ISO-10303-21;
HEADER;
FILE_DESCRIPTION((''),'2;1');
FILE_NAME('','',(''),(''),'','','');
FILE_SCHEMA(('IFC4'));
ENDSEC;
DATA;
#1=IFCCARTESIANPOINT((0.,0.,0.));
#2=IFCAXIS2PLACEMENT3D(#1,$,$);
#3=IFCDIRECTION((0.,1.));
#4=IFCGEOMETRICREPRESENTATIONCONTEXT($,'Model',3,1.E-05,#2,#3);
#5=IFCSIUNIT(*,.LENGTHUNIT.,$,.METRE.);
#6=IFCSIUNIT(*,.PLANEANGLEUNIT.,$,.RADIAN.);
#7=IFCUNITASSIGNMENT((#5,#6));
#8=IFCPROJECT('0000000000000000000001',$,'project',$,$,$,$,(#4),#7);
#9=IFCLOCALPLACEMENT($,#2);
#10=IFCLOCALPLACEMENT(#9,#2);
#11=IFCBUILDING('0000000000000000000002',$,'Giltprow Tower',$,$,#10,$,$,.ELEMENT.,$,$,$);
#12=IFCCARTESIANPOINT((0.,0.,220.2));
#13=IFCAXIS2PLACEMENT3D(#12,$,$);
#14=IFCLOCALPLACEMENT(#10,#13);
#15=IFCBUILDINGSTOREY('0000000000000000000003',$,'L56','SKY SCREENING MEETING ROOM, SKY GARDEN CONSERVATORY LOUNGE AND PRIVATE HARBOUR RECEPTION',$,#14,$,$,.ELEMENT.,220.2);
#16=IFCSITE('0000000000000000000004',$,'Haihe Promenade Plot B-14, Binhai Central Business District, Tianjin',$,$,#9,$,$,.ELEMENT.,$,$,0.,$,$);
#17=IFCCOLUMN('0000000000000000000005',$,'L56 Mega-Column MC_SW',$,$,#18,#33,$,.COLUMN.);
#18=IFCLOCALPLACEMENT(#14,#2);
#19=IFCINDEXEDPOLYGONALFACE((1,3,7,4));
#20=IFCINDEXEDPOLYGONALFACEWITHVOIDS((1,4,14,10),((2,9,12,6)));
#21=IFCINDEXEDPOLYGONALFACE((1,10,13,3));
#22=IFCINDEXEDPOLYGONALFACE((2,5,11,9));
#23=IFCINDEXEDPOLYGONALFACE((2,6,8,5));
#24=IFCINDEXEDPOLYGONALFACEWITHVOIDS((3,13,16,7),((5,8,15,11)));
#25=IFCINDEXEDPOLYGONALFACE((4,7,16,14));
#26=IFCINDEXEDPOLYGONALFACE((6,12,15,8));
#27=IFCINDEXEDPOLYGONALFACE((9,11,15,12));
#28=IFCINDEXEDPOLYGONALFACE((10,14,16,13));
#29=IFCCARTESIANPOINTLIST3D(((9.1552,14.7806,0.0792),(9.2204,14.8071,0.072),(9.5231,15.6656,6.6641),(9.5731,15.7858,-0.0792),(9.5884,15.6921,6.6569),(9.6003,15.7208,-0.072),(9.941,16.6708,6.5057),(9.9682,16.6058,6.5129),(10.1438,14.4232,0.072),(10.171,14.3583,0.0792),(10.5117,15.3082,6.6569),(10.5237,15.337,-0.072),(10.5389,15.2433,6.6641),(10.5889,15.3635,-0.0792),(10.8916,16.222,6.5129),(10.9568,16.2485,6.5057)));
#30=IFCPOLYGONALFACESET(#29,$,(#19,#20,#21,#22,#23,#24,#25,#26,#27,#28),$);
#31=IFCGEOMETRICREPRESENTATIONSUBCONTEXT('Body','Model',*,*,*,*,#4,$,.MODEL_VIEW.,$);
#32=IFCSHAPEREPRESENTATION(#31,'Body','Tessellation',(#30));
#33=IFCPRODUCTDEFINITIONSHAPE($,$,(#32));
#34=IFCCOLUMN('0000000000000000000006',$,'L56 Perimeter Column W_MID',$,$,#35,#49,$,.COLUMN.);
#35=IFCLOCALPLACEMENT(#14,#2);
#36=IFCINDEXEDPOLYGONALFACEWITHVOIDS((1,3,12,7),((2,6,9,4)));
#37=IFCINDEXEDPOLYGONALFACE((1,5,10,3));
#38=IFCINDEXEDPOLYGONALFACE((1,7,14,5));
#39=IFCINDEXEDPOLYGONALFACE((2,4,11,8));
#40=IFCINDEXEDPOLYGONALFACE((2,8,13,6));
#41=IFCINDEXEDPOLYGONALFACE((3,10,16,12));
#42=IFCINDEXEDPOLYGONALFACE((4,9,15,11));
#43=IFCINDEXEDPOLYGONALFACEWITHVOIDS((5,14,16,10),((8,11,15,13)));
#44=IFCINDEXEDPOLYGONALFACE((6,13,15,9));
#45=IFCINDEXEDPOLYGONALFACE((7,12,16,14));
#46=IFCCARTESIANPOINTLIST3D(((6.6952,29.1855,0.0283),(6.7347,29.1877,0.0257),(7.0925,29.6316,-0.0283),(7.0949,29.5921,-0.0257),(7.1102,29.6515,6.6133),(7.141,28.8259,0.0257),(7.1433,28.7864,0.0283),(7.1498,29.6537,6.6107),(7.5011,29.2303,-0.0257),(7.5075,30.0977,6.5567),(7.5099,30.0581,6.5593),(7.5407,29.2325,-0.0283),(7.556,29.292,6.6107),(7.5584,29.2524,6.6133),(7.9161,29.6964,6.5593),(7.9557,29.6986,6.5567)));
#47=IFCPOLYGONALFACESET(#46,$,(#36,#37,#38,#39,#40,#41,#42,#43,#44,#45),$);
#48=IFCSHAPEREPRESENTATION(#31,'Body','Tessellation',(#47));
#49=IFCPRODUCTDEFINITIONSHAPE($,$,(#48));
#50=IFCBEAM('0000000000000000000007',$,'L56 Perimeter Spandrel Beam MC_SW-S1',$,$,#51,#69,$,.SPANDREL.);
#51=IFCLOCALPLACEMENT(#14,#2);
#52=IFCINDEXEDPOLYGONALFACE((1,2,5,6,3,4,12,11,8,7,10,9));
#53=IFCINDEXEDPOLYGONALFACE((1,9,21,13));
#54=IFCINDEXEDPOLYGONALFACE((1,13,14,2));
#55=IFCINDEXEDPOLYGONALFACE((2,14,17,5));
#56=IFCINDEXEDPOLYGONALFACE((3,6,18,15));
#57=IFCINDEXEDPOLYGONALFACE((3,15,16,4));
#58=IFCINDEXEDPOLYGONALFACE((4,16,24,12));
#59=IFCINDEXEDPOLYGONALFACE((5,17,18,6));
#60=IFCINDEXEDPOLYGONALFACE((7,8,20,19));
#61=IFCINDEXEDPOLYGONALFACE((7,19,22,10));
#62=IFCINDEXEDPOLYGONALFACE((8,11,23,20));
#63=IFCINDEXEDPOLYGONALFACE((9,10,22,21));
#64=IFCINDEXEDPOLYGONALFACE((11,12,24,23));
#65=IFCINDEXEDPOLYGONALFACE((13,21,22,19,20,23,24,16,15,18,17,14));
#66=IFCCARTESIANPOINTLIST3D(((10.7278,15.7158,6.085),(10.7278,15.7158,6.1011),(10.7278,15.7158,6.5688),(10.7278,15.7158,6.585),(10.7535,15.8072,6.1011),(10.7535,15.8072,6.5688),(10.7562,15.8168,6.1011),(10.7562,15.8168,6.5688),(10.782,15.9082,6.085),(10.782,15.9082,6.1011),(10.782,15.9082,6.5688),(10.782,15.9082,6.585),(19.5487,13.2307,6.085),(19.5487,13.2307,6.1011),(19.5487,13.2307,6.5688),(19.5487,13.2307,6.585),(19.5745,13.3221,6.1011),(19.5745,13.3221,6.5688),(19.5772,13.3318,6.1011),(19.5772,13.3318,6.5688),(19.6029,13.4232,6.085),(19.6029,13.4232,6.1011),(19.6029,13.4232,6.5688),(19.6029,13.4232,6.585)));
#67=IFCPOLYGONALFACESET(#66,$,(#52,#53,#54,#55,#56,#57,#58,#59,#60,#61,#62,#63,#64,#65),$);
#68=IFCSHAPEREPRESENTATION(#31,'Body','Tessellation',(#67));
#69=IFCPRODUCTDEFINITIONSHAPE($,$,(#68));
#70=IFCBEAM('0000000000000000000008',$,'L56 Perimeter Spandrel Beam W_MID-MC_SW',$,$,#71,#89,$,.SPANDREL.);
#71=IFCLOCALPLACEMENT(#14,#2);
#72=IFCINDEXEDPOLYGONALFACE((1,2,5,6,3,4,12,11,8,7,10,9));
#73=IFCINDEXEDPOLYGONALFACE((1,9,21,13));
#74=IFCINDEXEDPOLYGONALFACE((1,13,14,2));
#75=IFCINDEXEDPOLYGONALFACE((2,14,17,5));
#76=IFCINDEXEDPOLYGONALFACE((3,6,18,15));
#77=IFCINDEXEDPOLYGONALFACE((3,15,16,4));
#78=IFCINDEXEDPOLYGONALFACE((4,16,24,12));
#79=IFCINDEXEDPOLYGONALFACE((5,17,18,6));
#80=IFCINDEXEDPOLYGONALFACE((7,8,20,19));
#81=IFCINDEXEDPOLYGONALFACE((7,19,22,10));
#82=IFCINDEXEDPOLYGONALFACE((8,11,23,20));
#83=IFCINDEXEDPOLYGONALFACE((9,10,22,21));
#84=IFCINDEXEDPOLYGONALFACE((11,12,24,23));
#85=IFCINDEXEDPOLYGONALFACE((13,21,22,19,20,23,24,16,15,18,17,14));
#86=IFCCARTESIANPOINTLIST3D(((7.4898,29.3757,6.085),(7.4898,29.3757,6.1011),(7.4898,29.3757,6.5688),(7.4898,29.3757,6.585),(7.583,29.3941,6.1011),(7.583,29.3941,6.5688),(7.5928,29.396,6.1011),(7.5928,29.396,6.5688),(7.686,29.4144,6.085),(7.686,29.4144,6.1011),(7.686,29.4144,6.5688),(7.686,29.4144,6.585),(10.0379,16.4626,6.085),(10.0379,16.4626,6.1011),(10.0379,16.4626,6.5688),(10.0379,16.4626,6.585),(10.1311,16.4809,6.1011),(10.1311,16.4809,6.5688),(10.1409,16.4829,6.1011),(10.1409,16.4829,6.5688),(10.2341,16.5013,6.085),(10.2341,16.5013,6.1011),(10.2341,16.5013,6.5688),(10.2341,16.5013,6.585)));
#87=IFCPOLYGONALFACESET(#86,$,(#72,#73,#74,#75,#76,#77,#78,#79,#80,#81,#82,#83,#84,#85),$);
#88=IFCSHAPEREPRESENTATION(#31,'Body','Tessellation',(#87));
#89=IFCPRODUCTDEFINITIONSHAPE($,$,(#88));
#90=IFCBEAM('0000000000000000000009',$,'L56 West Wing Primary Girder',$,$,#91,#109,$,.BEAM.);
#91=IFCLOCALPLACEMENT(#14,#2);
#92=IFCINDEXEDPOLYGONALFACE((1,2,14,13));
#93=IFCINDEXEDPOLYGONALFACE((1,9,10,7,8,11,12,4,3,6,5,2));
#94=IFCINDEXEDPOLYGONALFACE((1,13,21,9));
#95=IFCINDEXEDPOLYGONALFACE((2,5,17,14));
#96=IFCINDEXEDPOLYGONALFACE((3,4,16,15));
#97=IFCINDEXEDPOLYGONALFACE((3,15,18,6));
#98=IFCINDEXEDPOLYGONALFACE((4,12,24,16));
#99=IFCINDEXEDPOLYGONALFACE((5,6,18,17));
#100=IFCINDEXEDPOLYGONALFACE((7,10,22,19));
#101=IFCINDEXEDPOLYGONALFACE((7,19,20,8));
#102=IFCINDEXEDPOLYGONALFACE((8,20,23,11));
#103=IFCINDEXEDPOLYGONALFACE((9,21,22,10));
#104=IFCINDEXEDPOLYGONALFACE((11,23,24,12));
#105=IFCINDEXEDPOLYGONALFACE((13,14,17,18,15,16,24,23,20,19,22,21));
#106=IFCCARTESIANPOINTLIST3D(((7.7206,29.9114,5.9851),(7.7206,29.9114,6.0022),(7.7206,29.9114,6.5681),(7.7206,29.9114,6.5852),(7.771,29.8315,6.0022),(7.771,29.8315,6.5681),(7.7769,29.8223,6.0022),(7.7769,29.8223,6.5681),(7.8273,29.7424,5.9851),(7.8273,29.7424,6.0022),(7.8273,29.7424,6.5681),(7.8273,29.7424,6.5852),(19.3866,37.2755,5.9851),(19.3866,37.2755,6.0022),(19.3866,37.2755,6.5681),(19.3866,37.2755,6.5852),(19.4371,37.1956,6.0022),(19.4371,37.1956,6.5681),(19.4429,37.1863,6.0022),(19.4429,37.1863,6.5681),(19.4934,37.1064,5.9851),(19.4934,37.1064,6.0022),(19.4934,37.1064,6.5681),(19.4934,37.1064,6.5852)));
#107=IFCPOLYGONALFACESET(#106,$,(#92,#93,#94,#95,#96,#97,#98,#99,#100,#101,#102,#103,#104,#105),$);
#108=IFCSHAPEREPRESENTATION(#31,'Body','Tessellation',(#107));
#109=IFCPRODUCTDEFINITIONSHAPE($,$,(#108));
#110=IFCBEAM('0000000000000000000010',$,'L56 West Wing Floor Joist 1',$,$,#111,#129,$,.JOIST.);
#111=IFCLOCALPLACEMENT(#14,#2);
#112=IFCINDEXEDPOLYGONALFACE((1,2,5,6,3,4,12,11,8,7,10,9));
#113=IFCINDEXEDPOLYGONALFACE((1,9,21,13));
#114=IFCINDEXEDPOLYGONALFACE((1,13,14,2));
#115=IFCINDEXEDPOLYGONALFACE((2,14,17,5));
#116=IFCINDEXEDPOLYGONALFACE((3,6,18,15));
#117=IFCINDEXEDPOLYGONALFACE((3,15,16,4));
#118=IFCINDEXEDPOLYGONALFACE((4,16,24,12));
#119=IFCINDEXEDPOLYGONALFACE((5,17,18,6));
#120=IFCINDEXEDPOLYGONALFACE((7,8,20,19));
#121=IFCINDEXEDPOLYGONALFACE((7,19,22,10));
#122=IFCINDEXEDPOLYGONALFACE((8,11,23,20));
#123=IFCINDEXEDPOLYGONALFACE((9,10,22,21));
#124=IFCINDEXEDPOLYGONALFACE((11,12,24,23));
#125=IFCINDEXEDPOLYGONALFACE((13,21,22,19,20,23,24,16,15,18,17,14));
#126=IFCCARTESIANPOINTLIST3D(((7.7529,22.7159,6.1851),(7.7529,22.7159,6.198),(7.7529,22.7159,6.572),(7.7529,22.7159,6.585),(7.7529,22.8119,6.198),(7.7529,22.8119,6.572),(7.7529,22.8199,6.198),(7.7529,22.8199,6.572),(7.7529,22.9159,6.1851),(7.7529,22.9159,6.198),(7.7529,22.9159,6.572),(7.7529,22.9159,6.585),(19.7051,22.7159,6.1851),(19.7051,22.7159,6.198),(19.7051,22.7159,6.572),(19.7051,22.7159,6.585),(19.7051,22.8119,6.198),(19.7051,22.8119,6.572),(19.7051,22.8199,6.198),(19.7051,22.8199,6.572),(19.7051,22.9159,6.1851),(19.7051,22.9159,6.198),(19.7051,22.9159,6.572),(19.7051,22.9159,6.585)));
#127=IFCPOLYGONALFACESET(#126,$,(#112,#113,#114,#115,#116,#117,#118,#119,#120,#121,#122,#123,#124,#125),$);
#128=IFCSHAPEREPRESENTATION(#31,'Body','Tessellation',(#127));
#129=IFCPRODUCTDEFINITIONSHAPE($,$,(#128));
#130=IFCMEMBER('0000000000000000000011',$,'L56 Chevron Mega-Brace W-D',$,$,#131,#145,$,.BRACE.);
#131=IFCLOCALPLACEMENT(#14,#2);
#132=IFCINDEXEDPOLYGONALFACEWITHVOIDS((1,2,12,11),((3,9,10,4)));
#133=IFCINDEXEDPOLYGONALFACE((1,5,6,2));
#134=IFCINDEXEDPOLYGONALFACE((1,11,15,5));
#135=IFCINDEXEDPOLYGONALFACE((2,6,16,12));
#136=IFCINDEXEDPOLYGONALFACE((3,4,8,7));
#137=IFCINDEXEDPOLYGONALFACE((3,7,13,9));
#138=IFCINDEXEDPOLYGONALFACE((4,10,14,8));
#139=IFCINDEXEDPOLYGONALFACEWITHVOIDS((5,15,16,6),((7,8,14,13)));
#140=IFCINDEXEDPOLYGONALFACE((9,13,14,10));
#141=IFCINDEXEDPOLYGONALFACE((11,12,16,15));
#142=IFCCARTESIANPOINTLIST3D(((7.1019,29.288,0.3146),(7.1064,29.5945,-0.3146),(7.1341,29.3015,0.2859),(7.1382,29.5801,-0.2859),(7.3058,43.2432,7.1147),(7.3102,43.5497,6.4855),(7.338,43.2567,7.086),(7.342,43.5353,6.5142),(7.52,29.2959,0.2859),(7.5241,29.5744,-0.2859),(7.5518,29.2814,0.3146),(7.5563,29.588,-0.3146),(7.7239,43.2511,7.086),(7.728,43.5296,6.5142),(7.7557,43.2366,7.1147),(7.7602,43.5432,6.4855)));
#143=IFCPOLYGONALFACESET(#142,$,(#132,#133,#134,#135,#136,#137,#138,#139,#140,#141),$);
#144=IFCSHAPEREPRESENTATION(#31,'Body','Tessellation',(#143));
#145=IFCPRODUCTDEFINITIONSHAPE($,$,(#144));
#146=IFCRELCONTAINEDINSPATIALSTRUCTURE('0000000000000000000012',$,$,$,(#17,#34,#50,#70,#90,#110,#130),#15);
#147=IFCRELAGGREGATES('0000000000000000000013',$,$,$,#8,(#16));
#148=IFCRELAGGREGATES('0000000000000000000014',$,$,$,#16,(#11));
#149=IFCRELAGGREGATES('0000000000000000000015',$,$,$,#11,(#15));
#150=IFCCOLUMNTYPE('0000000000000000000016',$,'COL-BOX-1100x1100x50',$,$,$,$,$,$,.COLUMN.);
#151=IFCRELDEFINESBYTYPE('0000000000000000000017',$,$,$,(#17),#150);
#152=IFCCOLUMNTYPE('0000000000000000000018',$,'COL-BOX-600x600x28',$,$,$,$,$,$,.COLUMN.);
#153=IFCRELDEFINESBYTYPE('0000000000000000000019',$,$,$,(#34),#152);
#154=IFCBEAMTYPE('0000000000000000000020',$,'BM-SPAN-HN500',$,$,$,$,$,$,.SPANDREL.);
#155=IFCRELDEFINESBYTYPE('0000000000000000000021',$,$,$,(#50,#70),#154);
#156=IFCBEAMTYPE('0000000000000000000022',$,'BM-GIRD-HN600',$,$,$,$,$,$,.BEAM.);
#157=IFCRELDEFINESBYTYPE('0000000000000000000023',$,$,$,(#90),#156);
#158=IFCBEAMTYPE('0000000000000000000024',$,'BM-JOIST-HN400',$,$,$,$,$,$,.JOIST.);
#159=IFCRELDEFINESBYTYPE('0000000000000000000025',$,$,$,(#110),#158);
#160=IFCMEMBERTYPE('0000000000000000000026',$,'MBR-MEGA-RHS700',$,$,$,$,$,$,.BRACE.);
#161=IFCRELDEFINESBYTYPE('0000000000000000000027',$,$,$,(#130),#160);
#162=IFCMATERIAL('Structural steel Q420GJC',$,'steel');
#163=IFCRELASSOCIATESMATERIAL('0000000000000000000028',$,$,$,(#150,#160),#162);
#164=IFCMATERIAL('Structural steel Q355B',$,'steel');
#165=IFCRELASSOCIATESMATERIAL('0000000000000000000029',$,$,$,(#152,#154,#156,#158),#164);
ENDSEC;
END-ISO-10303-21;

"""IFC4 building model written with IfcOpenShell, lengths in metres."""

from ifc_helpers import new_model, si_unit, direction, frame, origin, origin_2d, place, context, subcontext, project, spatial, hollow_rectangle, i_section, extrude, source, transform, mapped, material, material_profile, profile_set, type_object, element, save


model = new_model("IFC4")

# Units and contexts
model_context = context("Model", 3, precision=1e-05, world=origin(), true_north=direction((0.0, 1.0)))
body_context = subcontext(model_context, "Body", "Model", "MODEL_VIEW")
ifc_project = project(units=[si_unit("LENGTHUNIT", "METRE"), si_unit("PLANEANGLEUNIT", "RADIAN")], contexts=[model_context])

# Site, building, storey
site_placement = place(None, origin())
site = spatial("IfcSite", under=ifc_project, at=site_placement, Name="Haihe Promenade Plot B-14, Binhai Central Business District, Tianjin", CompositionType="ELEMENT", RefElevation=0.0)
building_placement = place(site_placement, origin())
building = spatial("IfcBuilding", under=site, at=building_placement, Name="Giltprow Tower", CompositionType="ELEMENT")
storey_placement = place(building_placement, frame((0.0, 0.0, 220.2)))
storey = spatial("IfcBuildingStorey", under=building, at=storey_placement, Name="L56", Description="SKY SCREENING MEETING ROOM, SKY GARDEN CONSERVATORY LOUNGE AND PRIVATE HARBOUR RECEPTION", CompositionType="ELEMENT", Elevation=220.2)

# Columns
ifc_material_1 = material(Name="Structural steel Q420GJC", Category="steel")
ifc_material_profile_1 = material_profile(ifc_material_1, hollow_rectangle(XDim=1.1001, YDim=1.1001, WallThickness=0.05, at=origin_2d()), Name="BOX 1100x1100x50")
ifc_profile_set_1 = profile_set([ifc_material_profile_1], Name="Structural steel Q420GJC")
column_type_1 = type_object("IfcColumnType", Name="COL-BOX-1100x1100x50", PredefinedType="COLUMN", material=ifc_profile_set_1)
shared_shape_1 = source(origin(), body_context, "Body", "SweptSolid", [
    extrude(hollow_rectangle(XDim=1.1001, YDim=1.1001, WallThickness=0.05, at=origin_2d()), origin(), (0.0, 0.0, 1.0), 6.6543),
])
column_1_placement = place(storey_placement, frame((9.8721, 15.072, 0.0), z_axis=(0.05529, 0.132997, 0.989573), x_axis=(-0.923386, 0.383874, 0.0)))
element("IfcColumn", 1, at=column_1_placement, inside=storey, type_object=column_type_1, Name="L56 Mega-Column MC_SW", PredefinedType="COLUMN", context=body_context, shape_type="MappedRepresentation", body=[
    mapped(shared_shape_1, transform((0.0, 0.0, 0.0), x_axis=(1.0, 0.0, 0.0), y_axis=(0.0, 1.0, 0.0), z_axis=(0.0, 0.0, 1.0), scale=1.0)),
])
ifc_material_2 = material(Name="Structural steel Q355B", Category="steel")
ifc_material_profile_2 = material_profile(ifc_material_2, hollow_rectangle(XDim=0.6001, YDim=0.6001, WallThickness=0.0281, at=origin_2d()), Name="BOX 600x600x28")
ifc_profile_set_2 = profile_set([ifc_material_profile_2], Name="Structural steel Q355B")
column_type_2 = type_object("IfcColumnType", Name="COL-BOX-600x600x28", PredefinedType="COLUMN", material=ifc_profile_set_2)
shared_shape_2 = source(origin(), body_context, "Body", "SweptSolid", [
    extrude(hollow_rectangle(XDim=0.6001, YDim=0.6001, WallThickness=0.0281, at=origin_2d()), origin(), (0.0, 0.0, 1.0), 6.6145),
])
column_2_placement = place(storey_placement, frame((7.1179, 29.209, 0.0), z_axis=(0.062747, 0.070461, 0.995539), x_axis=(-0.746805, 0.665043, 0.0)))
element("IfcColumn", 2, at=column_2_placement, inside=storey, type_object=column_type_2, Name="L56 Perimeter Column W_MID", PredefinedType="COLUMN", context=body_context, shape_type="MappedRepresentation", body=[
    mapped(shared_shape_2, transform((0.0, 0.0, 0.0), x_axis=(1.0, 0.0, 0.0), y_axis=(0.0, 1.0, 0.0), z_axis=(0.0, 0.0, 1.0), scale=1.0)),
])

# Beams
ifc_material_profile_3 = material_profile(ifc_material_2, i_section(OverallWidth=0.2, OverallDepth=0.5, WebThickness=0.01, FlangeThickness=0.0161, at=origin_2d()), Name="HN 500x200x10x16")
ifc_profile_set_3 = profile_set([ifc_material_profile_3], Name="Structural steel Q355B")
beam_type_1 = type_object("IfcBeamType", Name="BM-SPAN-HN500", PredefinedType="SPANDREL", material=ifc_profile_set_3)
shared_shape_3 = source(origin(), body_context, "Body", "SweptSolid", [
    extrude(i_section(OverallWidth=0.2, OverallDepth=0.5, WebThickness=0.01, FlangeThickness=0.0161, at=origin_2d()), origin(), (0.0, 0.0, 1.0), 9.1643),
])
beam_1_placement = place(storey_placement, frame((10.7549, 15.812, 6.335), z_axis=(0.962532, -0.271169, 0.0), x_axis=(0.271169, 0.962532, 0.0)))
element("IfcBeam", 3, at=beam_1_placement, inside=storey, type_object=beam_type_1, Name="L56 Perimeter Spandrel Beam MC_SW-S1", PredefinedType="SPANDREL", context=body_context, shape_type="MappedRepresentation", body=[
    mapped(shared_shape_3, transform((0.0, 0.0, 0.0), x_axis=(1.0, 0.0, 0.0), y_axis=(0.0, 1.0, 0.0), z_axis=(0.0, 0.0, 1.0), scale=1.0)),
])
shared_shape_4 = source(origin(), body_context, "Body", "SweptSolid", [
    extrude(i_section(OverallWidth=0.2, OverallDepth=0.5, WebThickness=0.01, FlangeThickness=0.0161, at=origin_2d()), origin(), (0.0, 0.0, 1.0), 13.1621),
])
beam_2_placement = place(storey_placement, frame((7.5879, 29.395, 6.335), z_axis=(0.193594, -0.981082, 0.0), x_axis=(0.981082, 0.193594, 0.0)))
element("IfcBeam", 4, at=beam_2_placement, inside=storey, type_object=beam_type_1, Name="L56 Perimeter Spandrel Beam W_MID-MC_SW", PredefinedType="SPANDREL", context=body_context, shape_type="MappedRepresentation", body=[
    mapped(shared_shape_4, transform((0.0, 0.0, 0.0), x_axis=(1.0, 0.0, 0.0), y_axis=(0.0, 1.0, 0.0), z_axis=(0.0, 0.0, 1.0), scale=1.0)),
])
ifc_material_profile_4 = material_profile(ifc_material_2, i_section(OverallWidth=0.2, OverallDepth=0.6001, WebThickness=0.011, FlangeThickness=0.0171, at=origin_2d()), Name="HN 600x200x11x17")
ifc_profile_set_4 = profile_set([ifc_material_profile_4], Name="Structural steel Q355B")
beam_type_2 = type_object("IfcBeamType", Name="BM-GIRD-HN600", PredefinedType="BEAM", material=ifc_profile_set_4)
shared_shape_5 = source(origin(), body_context, "Body", "SweptSolid", [
    extrude(i_section(OverallWidth=0.2, OverallDepth=0.6001, WebThickness=0.011, FlangeThickness=0.0171, at=origin_2d()), origin(), (0.0, 0.0, 1.0), 13.7959),
])
beam_3_placement = place(storey_placement, frame((7.7739, 29.8269, 6.2852), z_axis=(0.84562, 0.533786, 0.0), x_axis=(-0.533786, 0.84562, 0.0)))
element("IfcBeam", 5, at=beam_3_placement, inside=storey, type_object=beam_type_2, Name="L56 West Wing Primary Girder", PredefinedType="BEAM", context=body_context, shape_type="MappedRepresentation", body=[
    mapped(shared_shape_5, transform((0.0, 0.0, 0.0), x_axis=(1.0, 0.0, 0.0), y_axis=(0.0, 1.0, 0.0), z_axis=(0.0, 0.0, 1.0), scale=1.0)),
])
ifc_material_profile_5 = material_profile(ifc_material_2, i_section(OverallWidth=0.2, OverallDepth=0.3999, WebThickness=0.0081, FlangeThickness=0.0129, at=origin_2d()), Name="HN 400x200x8x13")
ifc_profile_set_5 = profile_set([ifc_material_profile_5], Name="Structural steel Q355B")
beam_type_3 = type_object("IfcBeamType", Name="BM-JOIST-HN400", PredefinedType="JOIST", material=ifc_profile_set_5)
shared_shape_6 = source(origin(), body_context, "Body", "SweptSolid", [
    extrude(i_section(OverallWidth=0.2, OverallDepth=0.3999, WebThickness=0.0081, FlangeThickness=0.0129, at=origin_2d()), origin(), (0.0, 0.0, 1.0), 11.9521),
])
beam_4_placement = place(storey_placement, frame((7.7529, 22.8159, 6.385), z_axis=(1.0, 0.0, 0.0), x_axis=(0.0, 1.0, 0.0)))
element("IfcBeam", 6, at=beam_4_placement, inside=storey, type_object=beam_type_3, Name="L56 West Wing Floor Joist 1", PredefinedType="JOIST", context=body_context, shape_type="MappedRepresentation", body=[
    mapped(shared_shape_6, transform((0.0, 0.0, 0.0), x_axis=(1.0, 0.0, 0.0), y_axis=(0.0, 1.0, 0.0), z_axis=(0.0, 0.0, 1.0), scale=1.0)),
])

# Member
ifc_material_profile_6 = material_profile(ifc_material_1, hollow_rectangle(XDim=0.45, YDim=0.7, WallThickness=0.032, at=origin_2d()), Name="RHS 700x450x32")
ifc_profile_set_6 = profile_set([ifc_material_profile_6], Name="Structural steel Q420GJC")
member_type_1 = type_object("IfcMemberType", Name="MBR-MEGA-RHS700", PredefinedType="BRACE", material=ifc_profile_set_6)
shared_shape_7 = source(origin(), body_context, "Body", "SweptSolid", [
    extrude(hollow_rectangle(XDim=0.45, YDim=0.7, WallThickness=0.032, at=origin_2d()), origin(), (0.0, 0.0, 1.0), 15.5251),
])
member_1_placement = place(storey_placement, frame((7.3291, 29.438, 0.0), z_axis=(0.013131, 0.898876, 0.438006), x_axis=(-0.999893, 0.014607, 0.0)))
element("IfcMember", 7, at=member_1_placement, inside=storey, type_object=member_type_1, Name="L56 Chevron Mega-Brace W-D", PredefinedType="BRACE", context=body_context, shape_type="MappedRepresentation", body=[
    mapped(shared_shape_7, transform((0.0, 0.0, 0.0), x_axis=(1.0, 0.0, 0.0), y_axis=(0.0, 1.0, 0.0), z_axis=(0.0, 0.0, 1.0), scale=1.0)),
])

save(model, "model.ifc")
